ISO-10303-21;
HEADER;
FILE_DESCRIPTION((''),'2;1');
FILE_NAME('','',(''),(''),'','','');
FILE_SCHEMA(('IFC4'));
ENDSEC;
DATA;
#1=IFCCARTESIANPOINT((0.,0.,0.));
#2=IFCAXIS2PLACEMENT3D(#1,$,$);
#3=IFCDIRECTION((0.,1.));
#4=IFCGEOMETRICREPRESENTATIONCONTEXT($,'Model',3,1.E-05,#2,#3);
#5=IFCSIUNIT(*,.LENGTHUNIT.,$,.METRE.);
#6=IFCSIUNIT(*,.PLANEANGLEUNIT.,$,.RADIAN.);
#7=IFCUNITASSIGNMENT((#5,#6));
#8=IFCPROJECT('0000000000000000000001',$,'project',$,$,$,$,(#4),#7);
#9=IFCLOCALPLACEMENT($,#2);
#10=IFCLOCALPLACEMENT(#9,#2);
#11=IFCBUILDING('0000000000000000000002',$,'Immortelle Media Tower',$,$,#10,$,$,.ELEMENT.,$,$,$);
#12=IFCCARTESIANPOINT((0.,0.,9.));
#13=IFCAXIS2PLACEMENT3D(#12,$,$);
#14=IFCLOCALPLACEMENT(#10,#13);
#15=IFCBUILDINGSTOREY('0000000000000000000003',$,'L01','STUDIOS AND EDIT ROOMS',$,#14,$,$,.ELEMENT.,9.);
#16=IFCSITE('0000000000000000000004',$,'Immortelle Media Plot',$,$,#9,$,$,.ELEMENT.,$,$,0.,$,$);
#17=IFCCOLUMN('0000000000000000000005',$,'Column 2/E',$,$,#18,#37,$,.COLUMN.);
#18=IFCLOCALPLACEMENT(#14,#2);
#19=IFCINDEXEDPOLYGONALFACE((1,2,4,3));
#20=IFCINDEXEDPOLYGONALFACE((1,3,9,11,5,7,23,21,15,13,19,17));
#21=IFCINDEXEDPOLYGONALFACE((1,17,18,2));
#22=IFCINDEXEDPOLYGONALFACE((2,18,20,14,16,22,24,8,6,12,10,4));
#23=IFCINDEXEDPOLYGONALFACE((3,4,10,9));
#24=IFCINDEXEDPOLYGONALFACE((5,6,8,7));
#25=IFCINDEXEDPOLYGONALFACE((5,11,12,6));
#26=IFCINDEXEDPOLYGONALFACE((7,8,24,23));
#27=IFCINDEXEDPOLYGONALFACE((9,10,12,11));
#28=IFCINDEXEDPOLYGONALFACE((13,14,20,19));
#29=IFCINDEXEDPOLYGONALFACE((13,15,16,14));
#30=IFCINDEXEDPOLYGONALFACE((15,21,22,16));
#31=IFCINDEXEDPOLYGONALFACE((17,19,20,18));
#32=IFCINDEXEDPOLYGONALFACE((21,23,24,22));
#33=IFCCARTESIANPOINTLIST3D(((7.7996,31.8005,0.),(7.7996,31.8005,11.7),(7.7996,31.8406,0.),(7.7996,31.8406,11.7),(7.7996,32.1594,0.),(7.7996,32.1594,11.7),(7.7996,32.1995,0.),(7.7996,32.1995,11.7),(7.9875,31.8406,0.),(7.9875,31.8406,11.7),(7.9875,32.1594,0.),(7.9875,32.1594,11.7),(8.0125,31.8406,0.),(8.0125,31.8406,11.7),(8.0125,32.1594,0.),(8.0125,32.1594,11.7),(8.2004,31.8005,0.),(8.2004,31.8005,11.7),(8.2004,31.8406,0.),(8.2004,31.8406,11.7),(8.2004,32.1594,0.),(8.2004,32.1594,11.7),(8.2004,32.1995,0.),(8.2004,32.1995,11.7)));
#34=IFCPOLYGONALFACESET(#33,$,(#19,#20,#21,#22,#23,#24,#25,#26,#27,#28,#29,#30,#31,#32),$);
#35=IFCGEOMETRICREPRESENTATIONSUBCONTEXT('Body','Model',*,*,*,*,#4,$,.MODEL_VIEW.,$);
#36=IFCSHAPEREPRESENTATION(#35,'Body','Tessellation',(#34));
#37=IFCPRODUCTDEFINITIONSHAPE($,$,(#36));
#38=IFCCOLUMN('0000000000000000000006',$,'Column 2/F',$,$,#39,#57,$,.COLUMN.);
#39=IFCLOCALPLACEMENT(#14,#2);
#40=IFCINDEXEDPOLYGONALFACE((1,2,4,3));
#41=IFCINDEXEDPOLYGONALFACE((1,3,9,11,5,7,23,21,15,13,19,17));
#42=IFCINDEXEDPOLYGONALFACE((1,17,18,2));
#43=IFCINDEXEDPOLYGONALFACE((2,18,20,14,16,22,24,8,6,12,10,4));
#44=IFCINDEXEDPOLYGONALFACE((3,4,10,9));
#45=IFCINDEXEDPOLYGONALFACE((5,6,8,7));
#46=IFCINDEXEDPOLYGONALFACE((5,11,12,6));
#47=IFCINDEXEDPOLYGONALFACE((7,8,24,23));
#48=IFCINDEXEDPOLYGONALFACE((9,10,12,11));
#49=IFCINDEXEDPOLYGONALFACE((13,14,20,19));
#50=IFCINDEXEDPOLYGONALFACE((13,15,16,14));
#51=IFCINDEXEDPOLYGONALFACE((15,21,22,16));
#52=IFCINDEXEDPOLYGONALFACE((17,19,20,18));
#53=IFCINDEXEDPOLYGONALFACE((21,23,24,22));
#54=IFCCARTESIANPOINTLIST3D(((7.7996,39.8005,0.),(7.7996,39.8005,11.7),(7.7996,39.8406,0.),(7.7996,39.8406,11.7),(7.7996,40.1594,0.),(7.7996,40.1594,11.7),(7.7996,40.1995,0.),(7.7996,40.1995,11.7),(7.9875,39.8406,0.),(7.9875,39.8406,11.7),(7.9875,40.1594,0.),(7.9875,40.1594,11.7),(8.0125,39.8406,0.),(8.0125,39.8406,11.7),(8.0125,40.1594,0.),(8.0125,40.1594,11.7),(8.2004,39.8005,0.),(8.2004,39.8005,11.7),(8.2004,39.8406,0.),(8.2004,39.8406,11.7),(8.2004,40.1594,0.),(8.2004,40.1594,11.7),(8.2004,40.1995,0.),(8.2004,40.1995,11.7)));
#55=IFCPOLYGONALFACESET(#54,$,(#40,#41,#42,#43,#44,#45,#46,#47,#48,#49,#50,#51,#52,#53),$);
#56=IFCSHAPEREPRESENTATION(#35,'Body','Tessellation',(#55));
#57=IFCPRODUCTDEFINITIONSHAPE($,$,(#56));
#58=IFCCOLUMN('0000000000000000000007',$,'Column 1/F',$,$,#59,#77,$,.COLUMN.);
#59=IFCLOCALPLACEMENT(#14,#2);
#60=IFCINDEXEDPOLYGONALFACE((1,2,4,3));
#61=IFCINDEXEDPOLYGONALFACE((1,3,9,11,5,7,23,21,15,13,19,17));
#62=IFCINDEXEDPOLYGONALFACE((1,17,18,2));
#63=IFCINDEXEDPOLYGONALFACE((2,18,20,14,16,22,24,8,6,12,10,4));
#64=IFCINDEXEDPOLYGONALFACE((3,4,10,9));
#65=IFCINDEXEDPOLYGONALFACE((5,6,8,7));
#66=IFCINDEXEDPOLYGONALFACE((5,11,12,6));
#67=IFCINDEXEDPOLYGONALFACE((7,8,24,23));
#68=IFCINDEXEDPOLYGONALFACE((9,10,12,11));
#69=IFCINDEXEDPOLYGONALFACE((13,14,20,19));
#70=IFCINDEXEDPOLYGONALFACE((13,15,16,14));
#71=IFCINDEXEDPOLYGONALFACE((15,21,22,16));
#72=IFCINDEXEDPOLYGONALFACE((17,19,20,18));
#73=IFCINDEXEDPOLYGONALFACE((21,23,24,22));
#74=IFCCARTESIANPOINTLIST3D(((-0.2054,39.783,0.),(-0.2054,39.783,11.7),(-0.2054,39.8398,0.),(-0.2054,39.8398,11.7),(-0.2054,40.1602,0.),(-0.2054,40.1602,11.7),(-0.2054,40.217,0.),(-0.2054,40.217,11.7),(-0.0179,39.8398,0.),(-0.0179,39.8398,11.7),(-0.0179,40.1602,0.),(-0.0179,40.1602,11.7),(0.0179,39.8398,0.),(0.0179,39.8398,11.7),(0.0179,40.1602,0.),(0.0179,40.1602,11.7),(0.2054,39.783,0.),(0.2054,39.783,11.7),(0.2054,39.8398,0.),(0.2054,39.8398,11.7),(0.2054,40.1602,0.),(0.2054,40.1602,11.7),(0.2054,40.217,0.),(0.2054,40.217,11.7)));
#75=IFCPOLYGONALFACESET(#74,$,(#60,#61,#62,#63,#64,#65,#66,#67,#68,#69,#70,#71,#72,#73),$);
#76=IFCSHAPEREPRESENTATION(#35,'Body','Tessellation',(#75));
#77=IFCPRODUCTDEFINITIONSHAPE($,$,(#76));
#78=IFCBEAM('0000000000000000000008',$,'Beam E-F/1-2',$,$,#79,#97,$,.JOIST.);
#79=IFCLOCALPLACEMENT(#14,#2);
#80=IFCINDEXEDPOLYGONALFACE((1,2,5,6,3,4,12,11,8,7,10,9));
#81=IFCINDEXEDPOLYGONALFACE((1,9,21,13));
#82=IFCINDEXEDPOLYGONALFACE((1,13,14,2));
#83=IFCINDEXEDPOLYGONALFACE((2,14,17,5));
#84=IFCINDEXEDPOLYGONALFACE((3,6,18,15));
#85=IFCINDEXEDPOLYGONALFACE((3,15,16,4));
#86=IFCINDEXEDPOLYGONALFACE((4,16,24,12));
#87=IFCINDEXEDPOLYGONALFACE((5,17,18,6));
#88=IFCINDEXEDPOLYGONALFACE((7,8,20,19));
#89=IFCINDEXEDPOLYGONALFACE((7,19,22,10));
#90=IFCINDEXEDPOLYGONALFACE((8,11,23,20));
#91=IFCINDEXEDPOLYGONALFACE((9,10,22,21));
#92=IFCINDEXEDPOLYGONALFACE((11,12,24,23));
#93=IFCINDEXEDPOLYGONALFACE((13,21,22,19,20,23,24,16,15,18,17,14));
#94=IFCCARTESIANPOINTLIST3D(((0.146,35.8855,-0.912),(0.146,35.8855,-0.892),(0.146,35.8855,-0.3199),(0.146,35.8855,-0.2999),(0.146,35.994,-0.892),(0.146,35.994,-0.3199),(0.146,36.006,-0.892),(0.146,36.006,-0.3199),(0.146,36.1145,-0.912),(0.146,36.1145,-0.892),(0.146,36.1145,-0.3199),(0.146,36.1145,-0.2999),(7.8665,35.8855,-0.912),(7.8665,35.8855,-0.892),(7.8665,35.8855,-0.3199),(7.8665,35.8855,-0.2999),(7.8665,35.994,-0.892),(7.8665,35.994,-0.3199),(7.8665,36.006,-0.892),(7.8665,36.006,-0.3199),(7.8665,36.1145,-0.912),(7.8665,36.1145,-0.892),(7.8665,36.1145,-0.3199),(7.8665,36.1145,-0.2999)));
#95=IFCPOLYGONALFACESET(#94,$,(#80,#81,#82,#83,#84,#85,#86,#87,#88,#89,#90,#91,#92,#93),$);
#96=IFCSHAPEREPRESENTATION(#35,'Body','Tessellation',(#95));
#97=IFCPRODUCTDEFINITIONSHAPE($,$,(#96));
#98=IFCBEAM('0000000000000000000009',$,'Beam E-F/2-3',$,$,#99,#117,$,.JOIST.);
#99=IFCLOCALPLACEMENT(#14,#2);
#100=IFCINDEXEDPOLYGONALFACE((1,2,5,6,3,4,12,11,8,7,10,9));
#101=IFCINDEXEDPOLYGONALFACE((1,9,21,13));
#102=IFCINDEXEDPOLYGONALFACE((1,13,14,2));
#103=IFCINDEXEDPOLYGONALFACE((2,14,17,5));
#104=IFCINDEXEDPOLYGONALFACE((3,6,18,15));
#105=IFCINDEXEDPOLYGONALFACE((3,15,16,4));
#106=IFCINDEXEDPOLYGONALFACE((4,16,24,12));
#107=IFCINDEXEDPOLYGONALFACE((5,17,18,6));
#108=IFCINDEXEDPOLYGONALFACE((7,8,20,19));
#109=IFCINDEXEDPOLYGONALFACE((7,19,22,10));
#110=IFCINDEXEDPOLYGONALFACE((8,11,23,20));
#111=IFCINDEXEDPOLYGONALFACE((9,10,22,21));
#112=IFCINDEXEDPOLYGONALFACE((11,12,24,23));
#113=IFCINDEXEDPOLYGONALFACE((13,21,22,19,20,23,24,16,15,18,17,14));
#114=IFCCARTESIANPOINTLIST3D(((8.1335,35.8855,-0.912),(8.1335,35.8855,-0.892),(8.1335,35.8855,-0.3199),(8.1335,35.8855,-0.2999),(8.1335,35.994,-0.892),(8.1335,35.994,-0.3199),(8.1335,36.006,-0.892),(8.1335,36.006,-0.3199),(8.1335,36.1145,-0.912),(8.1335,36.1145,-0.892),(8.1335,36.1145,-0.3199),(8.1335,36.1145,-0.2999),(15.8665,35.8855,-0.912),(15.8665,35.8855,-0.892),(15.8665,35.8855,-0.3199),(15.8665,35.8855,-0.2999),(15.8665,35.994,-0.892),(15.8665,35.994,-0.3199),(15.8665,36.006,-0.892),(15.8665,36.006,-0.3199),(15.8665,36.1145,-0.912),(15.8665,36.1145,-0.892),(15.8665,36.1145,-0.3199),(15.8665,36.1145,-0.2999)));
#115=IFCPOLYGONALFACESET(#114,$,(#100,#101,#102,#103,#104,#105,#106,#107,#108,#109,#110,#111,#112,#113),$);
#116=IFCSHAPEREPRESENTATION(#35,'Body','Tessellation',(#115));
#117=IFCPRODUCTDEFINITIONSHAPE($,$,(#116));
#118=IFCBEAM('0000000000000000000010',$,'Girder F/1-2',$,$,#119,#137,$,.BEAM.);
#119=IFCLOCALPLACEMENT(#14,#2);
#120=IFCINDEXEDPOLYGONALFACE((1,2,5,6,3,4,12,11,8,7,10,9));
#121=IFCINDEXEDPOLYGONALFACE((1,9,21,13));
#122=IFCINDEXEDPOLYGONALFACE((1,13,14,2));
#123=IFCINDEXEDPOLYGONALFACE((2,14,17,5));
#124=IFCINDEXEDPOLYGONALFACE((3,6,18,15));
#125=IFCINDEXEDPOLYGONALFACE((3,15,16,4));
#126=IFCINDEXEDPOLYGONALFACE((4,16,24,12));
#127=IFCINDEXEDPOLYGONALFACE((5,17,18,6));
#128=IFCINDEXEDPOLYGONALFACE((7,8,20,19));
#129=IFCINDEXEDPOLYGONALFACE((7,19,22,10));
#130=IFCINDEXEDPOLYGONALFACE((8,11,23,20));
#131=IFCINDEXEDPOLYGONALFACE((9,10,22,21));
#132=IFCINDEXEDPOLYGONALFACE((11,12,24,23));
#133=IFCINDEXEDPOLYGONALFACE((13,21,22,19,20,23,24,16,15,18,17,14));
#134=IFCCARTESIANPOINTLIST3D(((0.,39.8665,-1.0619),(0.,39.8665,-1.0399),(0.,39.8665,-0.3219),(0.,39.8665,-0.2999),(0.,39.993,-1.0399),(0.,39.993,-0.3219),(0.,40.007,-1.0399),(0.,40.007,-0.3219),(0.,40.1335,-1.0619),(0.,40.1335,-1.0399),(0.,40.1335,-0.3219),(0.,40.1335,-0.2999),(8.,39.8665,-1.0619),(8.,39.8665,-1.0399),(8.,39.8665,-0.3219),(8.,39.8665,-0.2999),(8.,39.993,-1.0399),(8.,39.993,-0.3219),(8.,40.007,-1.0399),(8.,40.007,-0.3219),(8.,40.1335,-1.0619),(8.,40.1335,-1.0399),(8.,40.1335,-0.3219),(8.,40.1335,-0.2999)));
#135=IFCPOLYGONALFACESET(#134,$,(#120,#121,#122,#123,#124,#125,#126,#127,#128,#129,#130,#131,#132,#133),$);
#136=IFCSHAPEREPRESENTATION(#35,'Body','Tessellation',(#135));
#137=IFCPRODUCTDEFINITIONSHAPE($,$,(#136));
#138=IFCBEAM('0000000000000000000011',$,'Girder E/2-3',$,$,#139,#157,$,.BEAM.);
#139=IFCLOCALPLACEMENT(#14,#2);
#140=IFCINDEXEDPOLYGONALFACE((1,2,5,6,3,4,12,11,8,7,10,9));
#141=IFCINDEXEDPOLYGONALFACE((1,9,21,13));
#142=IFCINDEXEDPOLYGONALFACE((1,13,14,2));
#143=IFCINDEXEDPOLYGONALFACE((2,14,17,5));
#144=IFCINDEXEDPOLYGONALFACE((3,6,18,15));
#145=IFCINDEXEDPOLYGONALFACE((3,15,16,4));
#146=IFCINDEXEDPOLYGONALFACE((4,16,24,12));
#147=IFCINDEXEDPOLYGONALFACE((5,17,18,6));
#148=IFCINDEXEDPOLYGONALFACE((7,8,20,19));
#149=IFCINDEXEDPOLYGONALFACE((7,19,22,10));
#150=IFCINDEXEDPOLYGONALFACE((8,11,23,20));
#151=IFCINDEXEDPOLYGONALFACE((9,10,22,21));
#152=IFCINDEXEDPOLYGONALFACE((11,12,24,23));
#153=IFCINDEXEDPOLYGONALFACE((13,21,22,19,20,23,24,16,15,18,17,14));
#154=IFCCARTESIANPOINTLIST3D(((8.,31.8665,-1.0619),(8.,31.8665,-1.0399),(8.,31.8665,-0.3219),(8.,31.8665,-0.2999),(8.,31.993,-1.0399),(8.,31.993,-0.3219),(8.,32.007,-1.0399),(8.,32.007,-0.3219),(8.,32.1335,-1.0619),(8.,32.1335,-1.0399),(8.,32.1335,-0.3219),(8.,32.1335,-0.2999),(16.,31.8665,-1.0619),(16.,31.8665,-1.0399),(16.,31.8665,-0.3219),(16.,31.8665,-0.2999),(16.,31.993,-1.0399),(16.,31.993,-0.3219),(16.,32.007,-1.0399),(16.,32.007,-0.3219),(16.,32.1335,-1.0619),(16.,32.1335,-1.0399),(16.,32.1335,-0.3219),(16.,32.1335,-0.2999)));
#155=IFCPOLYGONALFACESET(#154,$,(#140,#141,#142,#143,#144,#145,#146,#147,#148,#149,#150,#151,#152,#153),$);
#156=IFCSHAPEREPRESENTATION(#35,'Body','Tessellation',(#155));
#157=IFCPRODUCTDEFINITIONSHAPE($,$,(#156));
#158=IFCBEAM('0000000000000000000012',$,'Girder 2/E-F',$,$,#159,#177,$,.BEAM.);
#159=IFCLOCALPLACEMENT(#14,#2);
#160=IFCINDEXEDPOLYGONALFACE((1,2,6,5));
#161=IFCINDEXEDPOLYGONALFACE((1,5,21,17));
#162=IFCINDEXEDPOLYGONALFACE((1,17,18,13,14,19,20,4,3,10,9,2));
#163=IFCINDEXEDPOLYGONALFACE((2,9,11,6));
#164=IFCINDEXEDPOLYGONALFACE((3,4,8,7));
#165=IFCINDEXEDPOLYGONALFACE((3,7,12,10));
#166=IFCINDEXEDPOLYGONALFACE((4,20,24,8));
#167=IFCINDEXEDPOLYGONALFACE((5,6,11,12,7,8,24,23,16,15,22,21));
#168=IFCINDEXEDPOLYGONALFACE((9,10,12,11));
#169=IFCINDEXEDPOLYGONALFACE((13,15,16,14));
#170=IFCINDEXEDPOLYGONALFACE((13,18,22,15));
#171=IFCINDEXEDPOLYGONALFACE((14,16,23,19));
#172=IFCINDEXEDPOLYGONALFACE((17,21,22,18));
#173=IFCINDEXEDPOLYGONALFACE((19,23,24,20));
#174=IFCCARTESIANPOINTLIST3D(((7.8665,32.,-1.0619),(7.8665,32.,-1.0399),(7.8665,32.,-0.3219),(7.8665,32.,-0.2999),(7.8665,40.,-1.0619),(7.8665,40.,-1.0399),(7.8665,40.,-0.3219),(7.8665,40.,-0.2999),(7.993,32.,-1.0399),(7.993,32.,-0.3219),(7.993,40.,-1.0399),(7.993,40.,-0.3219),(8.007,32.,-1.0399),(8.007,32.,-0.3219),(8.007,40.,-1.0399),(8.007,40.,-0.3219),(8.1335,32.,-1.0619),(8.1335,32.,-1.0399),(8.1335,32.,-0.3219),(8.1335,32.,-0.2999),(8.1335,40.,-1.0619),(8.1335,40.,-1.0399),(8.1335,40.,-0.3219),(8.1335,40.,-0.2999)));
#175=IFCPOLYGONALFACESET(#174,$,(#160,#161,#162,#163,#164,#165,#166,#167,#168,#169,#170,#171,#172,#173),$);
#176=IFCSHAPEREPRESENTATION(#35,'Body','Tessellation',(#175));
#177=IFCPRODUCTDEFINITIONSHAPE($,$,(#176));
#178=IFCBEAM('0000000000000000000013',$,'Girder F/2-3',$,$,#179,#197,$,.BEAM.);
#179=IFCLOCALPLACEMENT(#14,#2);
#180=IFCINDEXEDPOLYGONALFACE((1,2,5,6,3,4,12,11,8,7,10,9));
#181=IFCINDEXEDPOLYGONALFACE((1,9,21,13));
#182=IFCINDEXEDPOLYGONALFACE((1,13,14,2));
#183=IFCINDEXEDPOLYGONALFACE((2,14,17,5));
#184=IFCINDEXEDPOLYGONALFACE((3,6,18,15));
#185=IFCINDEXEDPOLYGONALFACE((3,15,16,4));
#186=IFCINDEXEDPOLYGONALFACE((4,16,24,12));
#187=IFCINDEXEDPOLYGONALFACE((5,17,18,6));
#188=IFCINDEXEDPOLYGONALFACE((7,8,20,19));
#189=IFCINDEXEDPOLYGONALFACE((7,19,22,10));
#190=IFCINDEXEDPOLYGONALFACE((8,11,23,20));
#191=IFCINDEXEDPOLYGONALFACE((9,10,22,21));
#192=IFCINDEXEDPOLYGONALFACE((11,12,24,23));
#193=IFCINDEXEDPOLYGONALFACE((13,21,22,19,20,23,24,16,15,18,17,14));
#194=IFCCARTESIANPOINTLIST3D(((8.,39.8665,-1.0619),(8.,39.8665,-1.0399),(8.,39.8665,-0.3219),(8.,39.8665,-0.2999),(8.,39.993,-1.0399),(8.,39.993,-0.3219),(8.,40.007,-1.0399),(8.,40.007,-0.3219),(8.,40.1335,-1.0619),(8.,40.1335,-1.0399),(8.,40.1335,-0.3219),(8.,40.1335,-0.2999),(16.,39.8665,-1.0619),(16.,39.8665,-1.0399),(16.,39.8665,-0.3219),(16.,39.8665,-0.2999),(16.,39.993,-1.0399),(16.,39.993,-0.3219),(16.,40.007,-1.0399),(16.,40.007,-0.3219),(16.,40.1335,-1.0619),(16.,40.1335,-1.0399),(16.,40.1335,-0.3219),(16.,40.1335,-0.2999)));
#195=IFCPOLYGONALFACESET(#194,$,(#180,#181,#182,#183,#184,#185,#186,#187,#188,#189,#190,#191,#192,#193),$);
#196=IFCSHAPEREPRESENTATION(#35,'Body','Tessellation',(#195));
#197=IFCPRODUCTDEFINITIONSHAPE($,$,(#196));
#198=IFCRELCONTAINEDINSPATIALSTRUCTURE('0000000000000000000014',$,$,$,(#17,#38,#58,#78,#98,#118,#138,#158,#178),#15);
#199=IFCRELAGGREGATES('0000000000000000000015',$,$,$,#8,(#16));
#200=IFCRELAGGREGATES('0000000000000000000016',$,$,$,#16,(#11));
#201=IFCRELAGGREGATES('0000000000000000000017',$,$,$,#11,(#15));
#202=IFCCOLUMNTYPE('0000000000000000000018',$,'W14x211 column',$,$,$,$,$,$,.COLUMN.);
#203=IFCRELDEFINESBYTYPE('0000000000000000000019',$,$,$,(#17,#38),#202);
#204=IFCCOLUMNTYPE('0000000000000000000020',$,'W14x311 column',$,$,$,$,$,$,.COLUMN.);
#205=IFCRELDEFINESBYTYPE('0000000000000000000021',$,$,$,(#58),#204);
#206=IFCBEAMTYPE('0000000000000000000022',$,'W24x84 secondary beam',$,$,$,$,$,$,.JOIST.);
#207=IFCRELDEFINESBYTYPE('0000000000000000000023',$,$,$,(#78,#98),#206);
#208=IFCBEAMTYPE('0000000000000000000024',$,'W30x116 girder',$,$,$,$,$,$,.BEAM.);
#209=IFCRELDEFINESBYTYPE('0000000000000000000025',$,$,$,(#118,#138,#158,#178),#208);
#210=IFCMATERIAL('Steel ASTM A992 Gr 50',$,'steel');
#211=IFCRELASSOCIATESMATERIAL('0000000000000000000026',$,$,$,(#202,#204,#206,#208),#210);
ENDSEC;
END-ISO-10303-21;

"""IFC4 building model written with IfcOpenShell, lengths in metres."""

from ifc_helpers import new_model, si_unit, direction, frame, origin, origin_2d, place, context, subcontext, project, spatial, i_section, extrude, material, material_profile, profile_set, type_object, element, save


model = new_model("IFC4")

# Units and contexts
model_context = context("Model", 3, precision=1e-05, world=origin(), true_north=direction((0.0, 1.0)))
body_context = subcontext(model_context, "Body", "Model", "MODEL_VIEW")
ifc_project = project(units=[si_unit("LENGTHUNIT", "METRE"), si_unit("PLANEANGLEUNIT", "RADIAN")], contexts=[model_context])

# Site, building, storey
site_placement = place(None, origin())
site = spatial("IfcSite", under=ifc_project, at=site_placement, Name="Immortelle Media Plot", CompositionType="ELEMENT", RefElevation=0.0)
building_placement = place(site_placement, origin())
building = spatial("IfcBuilding", under=site, at=building_placement, Name="Immortelle Media Tower", CompositionType="ELEMENT")
storey_placement = place(building_placement, frame((0.0, 0.0, 9.0)))
storey = spatial("IfcBuildingStorey", under=building, at=storey_placement, Name="L01", Description="STUDIOS AND EDIT ROOMS", CompositionType="ELEMENT", Elevation=9.0)

# Columns
ifc_material_1 = material(Name="Steel ASTM A992 Gr 50", Category="steel")
ifc_material_profile_1 = material_profile(ifc_material_1, i_section(OverallWidth=0.4009, OverallDepth=0.3989, WebThickness=0.0249, FlangeThickness=0.04, at=origin_2d()), Name="W14x211")
ifc_profile_set_1 = profile_set([ifc_material_profile_1], Name="Steel ASTM A992 Gr 50")
column_type_1 = type_object("IfcColumnType", Name="W14x211 column", PredefinedType="COLUMN", material=ifc_profile_set_1)
for number, where, z_axis, x_axis, name in (
    (1, (8.0, 32.0, 0.0), (0.0, 0.0, 1.0), (1.0, 0.0, 0.0), "Column 2/E"),
    (2, (8.0, 40.0, 0.0), (0.0, 0.0, 1.0), (1.0, 0.0, 0.0), "Column 2/F"),
):
    element("IfcColumn", number, at=place(storey_placement, frame(where, z_axis=z_axis, x_axis=x_axis)), inside=storey, type_object=column_type_1, Name=name, PredefinedType="COLUMN", context=body_context, shape_type="SweptSolid", body=[
        extrude(i_section(OverallWidth=0.4009, OverallDepth=0.3989, WebThickness=0.0249, FlangeThickness=0.04, at=origin_2d()), origin(), (0.0, 0.0, 1.0), 11.7),
    ])
ifc_material_profile_2 = material_profile(ifc_material_1, i_section(OverallWidth=0.4109, OverallDepth=0.4341, WebThickness=0.0359, FlangeThickness=0.0569, at=origin_2d()), Name="W14x311")
ifc_profile_set_2 = profile_set([ifc_material_profile_2], Name="Steel ASTM A992 Gr 50")
column_type_2 = type_object("IfcColumnType", Name="W14x311 column", PredefinedType="COLUMN", material=ifc_profile_set_2)
column_placement = place(storey_placement, frame((0.0, 40.0, 0.0), z_axis=(0.0, 0.0, 1.0), x_axis=(1.0, 0.0, 0.0)))
element("IfcColumn", 3, at=column_placement, inside=storey, type_object=column_type_2, Name="Column 1/F", PredefinedType="COLUMN", context=body_context, shape_type="SweptSolid", body=[
    extrude(i_section(OverallWidth=0.4109, OverallDepth=0.4341, WebThickness=0.0359, FlangeThickness=0.0569, at=origin_2d()), origin(), (0.0, 0.0, 1.0), 11.7),
])

# Beams
ifc_material_profile_3 = material_profile(ifc_material_1, i_section(OverallWidth=0.229, OverallDepth=0.6121, WebThickness=0.012, FlangeThickness=0.02, at=origin_2d()), Name="W24x84")
ifc_profile_set_3 = profile_set([ifc_material_profile_3], Name="Steel ASTM A992 Gr 50")
beam_type_1 = type_object("IfcBeamType", Name="W24x84 secondary beam", PredefinedType="JOIST", material=ifc_profile_set_3)
beam_1_placement = place(storey_placement, frame((0.146, 36.0, -0.606), z_axis=(1.0, 0.0, 0.0), x_axis=(0.0, 1.0, 0.0)))
element("IfcBeam", 4, at=beam_1_placement, inside=storey, type_object=beam_type_1, Name="Beam E-F/1-2", PredefinedType="JOIST", context=body_context, shape_type="SweptSolid", body=[
    extrude(i_section(OverallWidth=0.229, OverallDepth=0.6121, WebThickness=0.012, FlangeThickness=0.02, at=origin_2d()), origin(), (0.0, 0.0, 1.0), 7.7205),
])
beam_2_placement = place(storey_placement, frame((8.1335, 36.0, -0.606), z_axis=(1.0, 0.0, 0.0), x_axis=(0.0, 1.0, 0.0)))
element("IfcBeam", 5, at=beam_2_placement, inside=storey, type_object=beam_type_1, Name="Beam E-F/2-3", PredefinedType="JOIST", context=body_context, shape_type="SweptSolid", body=[
    extrude(i_section(OverallWidth=0.229, OverallDepth=0.6121, WebThickness=0.012, FlangeThickness=0.02, at=origin_2d()), origin(), (0.0, 0.0, 1.0), 7.7329),
])
ifc_material_profile_4 = material_profile(ifc_material_1, i_section(OverallWidth=0.2671, OverallDepth=0.762, WebThickness=0.0139, FlangeThickness=0.022, at=origin_2d()), Name="W30x116")
ifc_profile_set_4 = profile_set([ifc_material_profile_4], Name="Steel ASTM A992 Gr 50")
beam_type_2 = type_object("IfcBeamType", Name="W30x116 girder", PredefinedType="BEAM", material=ifc_profile_set_4)
for number, where, z_axis, x_axis, name in (
    (6, (0.0, 40.0, -0.6809), (1.0, 0.0, 0.0), (0.0, 1.0, 0.0), "Girder F/1-2"),
    (7, (8.0, 32.0, -0.6809), (1.0, 0.0, 0.0), (0.0, 1.0, 0.0), "Girder E/2-3"),
    (8, (8.0, 32.0, -0.6809), (0.0, 1.0, 0.0), (-1.0, 0.0, 0.0), "Girder 2/E-F"),
    (9, (8.0, 40.0, -0.6809), (1.0, 0.0, 0.0), (0.0, 1.0, 0.0), "Girder F/2-3"),
):
    element("IfcBeam", number, at=place(storey_placement, frame(where, z_axis=z_axis, x_axis=x_axis)), inside=storey, type_object=beam_type_2, Name=name, PredefinedType="BEAM", context=body_context, shape_type="SweptSolid", body=[
        extrude(i_section(OverallWidth=0.2671, OverallDepth=0.762, WebThickness=0.0139, FlangeThickness=0.022, at=origin_2d()), origin(), (0.0, 0.0, 1.0), 8.0),
    ])

save(model, "model.ifc")
